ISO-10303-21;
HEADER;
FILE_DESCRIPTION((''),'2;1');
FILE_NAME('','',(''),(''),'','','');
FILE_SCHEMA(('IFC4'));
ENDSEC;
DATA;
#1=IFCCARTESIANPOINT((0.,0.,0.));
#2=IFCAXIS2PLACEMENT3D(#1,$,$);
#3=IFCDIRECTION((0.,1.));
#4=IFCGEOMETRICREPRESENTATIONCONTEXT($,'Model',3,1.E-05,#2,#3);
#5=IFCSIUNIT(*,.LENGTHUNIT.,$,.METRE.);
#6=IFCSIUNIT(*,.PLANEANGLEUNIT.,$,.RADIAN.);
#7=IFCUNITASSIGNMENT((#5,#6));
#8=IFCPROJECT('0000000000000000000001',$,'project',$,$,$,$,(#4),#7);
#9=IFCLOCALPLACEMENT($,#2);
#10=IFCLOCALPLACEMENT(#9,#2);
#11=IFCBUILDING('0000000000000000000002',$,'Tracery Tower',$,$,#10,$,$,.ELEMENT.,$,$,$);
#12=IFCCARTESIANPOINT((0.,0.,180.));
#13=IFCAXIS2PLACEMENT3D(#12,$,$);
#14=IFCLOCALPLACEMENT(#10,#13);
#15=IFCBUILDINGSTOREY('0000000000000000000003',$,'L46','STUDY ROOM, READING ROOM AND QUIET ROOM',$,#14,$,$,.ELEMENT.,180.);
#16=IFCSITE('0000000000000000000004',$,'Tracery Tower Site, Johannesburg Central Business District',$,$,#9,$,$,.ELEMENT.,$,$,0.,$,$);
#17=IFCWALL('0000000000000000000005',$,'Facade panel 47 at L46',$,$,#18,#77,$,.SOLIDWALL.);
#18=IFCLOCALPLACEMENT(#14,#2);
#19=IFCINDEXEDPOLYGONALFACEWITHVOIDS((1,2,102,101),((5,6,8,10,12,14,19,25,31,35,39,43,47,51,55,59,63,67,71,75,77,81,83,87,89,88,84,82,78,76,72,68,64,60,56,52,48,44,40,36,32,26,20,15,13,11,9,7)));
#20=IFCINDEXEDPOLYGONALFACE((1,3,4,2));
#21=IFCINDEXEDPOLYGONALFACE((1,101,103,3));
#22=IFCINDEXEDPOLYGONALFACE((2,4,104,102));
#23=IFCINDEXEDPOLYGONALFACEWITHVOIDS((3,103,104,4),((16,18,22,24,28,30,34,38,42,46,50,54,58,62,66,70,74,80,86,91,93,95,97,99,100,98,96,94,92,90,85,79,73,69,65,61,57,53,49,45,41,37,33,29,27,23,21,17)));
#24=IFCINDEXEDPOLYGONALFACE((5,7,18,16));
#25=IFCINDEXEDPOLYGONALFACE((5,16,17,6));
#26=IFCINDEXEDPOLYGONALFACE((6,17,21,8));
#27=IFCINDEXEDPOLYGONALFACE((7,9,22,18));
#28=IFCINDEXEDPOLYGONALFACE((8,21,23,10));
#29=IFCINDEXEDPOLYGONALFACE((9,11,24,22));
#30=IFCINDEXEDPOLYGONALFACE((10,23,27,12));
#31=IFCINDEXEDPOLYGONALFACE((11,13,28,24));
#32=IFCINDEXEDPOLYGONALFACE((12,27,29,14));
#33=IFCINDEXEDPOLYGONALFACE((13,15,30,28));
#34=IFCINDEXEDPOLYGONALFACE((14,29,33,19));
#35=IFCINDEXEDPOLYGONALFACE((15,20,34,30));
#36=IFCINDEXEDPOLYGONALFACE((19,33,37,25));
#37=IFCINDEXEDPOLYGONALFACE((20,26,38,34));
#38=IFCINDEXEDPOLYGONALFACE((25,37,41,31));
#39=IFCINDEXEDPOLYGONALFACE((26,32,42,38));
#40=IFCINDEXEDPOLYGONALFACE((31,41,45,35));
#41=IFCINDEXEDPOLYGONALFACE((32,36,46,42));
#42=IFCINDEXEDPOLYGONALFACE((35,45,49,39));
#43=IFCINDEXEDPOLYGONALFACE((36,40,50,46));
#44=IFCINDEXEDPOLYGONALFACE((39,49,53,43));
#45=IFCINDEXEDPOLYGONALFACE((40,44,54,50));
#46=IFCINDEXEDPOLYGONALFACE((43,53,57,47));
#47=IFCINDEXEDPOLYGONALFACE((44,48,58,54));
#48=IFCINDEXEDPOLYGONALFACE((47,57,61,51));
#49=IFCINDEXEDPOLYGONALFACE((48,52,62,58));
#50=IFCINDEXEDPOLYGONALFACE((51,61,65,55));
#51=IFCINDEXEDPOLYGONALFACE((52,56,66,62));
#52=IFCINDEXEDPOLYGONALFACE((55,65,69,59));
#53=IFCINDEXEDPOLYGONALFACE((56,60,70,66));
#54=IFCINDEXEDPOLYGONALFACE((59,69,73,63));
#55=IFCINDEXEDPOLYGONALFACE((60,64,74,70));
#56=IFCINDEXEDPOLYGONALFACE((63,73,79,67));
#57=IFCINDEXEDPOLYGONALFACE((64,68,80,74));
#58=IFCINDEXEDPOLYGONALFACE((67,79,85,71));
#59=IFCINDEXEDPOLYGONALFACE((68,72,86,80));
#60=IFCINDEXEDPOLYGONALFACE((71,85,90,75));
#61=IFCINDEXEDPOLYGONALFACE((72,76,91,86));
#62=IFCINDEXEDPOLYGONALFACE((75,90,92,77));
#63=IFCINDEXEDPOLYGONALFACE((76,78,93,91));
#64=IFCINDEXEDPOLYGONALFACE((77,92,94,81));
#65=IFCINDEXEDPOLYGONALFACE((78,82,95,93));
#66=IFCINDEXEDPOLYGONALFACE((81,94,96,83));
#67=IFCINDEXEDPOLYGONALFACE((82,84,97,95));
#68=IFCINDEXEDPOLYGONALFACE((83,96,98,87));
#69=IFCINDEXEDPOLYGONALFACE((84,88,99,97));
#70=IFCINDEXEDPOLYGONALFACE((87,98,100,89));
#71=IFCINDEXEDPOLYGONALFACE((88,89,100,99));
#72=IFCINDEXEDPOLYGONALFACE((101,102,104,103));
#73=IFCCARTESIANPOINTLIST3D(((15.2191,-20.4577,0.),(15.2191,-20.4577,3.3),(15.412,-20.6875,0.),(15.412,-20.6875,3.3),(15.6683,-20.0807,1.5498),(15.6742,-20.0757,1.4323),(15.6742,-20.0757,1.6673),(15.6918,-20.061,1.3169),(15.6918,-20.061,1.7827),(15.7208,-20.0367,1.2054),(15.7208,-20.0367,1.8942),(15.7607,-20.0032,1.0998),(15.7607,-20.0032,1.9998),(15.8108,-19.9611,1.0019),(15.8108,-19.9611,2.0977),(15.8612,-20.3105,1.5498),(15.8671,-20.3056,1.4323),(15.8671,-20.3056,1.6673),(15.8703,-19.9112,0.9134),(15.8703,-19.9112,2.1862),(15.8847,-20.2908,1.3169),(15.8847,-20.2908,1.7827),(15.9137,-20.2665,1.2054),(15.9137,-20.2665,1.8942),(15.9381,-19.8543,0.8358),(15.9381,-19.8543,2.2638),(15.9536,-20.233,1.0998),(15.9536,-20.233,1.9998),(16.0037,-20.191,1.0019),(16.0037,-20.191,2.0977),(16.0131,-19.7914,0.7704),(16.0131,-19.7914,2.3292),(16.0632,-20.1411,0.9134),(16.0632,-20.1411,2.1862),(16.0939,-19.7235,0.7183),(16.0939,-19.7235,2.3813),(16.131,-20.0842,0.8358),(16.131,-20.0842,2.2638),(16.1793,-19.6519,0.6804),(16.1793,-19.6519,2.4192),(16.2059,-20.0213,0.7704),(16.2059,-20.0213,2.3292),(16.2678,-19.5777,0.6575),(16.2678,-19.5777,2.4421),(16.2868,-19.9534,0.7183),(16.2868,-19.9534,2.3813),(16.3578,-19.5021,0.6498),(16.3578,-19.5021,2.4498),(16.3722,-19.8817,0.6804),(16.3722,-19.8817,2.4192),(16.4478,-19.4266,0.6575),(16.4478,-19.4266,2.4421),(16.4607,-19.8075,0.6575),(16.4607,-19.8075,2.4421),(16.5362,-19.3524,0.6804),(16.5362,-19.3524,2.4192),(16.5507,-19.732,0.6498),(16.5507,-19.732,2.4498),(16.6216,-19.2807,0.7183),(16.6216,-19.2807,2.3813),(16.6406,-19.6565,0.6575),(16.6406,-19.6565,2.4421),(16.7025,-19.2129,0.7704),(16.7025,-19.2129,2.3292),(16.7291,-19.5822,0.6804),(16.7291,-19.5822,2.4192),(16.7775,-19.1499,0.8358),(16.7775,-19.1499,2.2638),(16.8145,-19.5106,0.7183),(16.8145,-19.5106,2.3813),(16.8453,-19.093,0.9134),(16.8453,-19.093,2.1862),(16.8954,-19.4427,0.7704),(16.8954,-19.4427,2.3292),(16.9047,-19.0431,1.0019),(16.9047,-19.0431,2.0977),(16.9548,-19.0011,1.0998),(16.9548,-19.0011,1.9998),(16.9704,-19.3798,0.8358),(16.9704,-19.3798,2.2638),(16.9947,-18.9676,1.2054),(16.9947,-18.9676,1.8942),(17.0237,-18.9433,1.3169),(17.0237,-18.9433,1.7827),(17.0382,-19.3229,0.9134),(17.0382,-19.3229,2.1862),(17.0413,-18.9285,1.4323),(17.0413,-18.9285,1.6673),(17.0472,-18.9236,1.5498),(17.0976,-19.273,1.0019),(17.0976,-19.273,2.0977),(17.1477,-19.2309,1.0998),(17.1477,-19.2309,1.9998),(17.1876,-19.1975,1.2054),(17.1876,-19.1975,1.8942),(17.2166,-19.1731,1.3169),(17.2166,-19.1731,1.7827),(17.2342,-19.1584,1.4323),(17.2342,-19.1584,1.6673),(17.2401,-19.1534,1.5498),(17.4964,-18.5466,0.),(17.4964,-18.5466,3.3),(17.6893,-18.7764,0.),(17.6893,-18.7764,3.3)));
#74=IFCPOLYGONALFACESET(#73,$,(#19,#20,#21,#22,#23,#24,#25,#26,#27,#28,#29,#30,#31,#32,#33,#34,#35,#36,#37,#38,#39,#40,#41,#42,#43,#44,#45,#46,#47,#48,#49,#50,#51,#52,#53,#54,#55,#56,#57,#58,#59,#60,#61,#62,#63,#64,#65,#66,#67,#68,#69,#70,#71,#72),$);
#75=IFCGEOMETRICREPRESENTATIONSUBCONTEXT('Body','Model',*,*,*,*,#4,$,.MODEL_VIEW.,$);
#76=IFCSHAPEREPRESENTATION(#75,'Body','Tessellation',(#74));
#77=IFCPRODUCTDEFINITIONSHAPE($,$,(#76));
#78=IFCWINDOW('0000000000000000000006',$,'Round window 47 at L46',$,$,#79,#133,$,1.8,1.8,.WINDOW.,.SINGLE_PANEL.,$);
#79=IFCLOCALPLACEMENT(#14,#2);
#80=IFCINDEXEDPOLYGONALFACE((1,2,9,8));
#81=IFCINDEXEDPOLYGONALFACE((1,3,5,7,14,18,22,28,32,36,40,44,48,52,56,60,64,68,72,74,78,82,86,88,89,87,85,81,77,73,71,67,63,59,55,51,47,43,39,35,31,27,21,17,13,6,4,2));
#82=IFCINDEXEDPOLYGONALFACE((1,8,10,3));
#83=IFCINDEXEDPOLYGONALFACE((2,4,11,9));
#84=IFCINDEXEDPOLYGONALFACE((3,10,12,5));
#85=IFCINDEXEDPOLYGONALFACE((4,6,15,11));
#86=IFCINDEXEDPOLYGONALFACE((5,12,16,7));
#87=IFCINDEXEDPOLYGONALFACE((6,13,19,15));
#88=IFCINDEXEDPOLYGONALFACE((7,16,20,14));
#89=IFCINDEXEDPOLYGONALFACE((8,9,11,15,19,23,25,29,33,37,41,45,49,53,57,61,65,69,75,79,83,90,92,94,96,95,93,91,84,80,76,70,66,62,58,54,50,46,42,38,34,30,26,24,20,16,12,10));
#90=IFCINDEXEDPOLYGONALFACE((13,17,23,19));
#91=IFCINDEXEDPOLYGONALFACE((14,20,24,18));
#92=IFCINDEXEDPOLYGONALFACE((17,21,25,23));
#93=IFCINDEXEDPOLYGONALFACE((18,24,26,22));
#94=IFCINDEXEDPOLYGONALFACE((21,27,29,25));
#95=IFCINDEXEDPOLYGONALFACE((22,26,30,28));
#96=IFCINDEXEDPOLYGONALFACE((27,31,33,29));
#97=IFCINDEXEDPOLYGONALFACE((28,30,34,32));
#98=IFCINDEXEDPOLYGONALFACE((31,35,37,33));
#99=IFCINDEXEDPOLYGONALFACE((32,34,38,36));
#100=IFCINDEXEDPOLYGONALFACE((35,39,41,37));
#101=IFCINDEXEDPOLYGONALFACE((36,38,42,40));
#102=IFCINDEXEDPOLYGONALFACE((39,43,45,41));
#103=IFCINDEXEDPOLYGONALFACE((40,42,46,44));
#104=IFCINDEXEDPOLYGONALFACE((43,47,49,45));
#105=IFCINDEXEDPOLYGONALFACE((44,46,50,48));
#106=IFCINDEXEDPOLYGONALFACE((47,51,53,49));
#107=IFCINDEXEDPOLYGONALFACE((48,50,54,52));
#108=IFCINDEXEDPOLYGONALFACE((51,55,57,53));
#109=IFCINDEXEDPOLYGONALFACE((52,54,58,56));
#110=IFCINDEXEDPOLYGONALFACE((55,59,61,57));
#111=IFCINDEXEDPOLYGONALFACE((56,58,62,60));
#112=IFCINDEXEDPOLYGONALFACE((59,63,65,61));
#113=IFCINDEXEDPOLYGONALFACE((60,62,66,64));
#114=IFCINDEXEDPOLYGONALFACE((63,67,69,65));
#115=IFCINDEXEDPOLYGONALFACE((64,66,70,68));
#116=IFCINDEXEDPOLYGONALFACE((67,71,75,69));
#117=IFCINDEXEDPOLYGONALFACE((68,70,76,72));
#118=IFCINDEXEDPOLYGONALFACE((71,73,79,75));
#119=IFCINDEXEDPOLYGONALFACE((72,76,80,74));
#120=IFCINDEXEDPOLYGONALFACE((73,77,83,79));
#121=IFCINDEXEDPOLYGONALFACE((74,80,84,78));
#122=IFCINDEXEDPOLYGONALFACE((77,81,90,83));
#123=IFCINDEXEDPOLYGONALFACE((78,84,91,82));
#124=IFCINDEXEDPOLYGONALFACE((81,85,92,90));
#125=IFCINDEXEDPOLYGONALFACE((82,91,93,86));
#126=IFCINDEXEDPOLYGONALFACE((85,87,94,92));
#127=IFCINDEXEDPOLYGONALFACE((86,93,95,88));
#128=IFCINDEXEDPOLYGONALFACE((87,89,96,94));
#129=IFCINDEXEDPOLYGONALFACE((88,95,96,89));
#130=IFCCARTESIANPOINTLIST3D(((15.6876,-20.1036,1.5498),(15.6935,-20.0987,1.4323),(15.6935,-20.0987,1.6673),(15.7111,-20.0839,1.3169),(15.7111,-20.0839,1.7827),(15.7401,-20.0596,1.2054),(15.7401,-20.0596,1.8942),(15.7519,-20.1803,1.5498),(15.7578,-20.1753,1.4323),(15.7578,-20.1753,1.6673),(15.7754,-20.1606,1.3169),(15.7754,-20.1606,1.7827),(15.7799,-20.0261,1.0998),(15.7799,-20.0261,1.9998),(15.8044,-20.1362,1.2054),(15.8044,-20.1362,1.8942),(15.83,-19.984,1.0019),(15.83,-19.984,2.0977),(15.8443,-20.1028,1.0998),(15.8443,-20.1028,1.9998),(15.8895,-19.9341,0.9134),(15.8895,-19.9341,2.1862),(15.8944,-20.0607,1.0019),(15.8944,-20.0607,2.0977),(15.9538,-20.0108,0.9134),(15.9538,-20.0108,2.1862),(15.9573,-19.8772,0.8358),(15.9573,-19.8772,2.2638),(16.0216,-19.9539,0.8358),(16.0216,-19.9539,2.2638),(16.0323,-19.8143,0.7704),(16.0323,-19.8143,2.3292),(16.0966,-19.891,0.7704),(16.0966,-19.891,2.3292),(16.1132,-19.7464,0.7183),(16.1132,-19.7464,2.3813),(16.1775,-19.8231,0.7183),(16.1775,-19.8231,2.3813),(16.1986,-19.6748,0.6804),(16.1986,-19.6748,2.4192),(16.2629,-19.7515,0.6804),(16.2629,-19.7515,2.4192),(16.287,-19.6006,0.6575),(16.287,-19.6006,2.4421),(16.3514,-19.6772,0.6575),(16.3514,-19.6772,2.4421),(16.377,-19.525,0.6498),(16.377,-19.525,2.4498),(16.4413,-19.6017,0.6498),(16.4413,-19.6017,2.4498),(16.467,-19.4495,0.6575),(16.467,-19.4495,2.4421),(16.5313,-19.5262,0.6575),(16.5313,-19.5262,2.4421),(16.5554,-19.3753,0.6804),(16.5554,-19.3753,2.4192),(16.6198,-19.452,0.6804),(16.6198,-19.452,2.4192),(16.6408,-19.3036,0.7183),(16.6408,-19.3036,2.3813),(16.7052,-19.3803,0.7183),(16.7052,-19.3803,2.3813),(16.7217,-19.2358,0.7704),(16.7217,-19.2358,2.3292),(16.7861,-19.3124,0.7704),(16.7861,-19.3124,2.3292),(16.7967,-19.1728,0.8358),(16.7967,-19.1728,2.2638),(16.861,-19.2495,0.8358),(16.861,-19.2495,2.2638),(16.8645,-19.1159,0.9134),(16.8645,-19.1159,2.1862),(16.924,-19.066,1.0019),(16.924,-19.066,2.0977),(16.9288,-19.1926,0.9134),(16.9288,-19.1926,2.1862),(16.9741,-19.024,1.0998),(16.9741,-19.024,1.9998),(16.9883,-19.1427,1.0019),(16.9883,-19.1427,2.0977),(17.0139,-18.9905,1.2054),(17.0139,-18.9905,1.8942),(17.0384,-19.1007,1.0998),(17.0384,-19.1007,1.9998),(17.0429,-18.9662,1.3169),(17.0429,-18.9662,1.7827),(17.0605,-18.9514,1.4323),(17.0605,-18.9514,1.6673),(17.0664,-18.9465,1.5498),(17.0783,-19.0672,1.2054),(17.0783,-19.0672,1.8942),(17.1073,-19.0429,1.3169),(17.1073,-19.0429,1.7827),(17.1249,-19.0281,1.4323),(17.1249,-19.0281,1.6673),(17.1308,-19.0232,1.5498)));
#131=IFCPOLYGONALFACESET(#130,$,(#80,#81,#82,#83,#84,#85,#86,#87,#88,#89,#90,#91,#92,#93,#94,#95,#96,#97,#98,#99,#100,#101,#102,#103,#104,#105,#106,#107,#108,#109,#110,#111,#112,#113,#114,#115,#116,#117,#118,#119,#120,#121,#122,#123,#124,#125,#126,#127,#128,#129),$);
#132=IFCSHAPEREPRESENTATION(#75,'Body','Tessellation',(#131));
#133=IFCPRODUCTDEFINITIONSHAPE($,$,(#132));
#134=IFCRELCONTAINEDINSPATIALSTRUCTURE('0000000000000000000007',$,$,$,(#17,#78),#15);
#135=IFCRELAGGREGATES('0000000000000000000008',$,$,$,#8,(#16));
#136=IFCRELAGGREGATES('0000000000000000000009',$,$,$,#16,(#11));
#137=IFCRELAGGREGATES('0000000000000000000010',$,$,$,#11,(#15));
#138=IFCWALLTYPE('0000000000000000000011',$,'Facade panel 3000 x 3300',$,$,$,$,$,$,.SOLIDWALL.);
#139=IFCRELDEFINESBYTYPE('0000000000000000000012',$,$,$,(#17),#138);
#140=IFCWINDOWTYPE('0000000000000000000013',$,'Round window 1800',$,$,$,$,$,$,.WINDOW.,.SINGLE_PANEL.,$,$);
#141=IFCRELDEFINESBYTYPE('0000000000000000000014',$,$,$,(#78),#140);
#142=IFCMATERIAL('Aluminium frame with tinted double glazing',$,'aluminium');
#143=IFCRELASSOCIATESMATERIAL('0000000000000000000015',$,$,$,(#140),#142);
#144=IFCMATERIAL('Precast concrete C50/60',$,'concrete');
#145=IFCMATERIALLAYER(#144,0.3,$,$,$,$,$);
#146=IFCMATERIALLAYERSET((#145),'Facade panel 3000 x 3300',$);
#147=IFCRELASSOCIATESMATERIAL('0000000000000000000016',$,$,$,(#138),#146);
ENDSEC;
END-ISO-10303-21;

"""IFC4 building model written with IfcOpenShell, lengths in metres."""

from ifc_helpers import new_model, si_unit, direction, frame, frame_2d, origin, origin_2d, place, context, subcontext, project, spatial, rectangle, circle, extrude, material, layer, layer_set, type_object, element, fill, save


model = new_model("IFC4")

# Units and contexts
model_context = context("Model", 3, precision=1e-05, world=origin(), true_north=direction((0.0, 1.0)))
body_context = subcontext(model_context, "Body", "Model", "MODEL_VIEW")
ifc_project = project(units=[si_unit("LENGTHUNIT", "METRE"), si_unit("PLANEANGLEUNIT", "RADIAN")], contexts=[model_context])

# Site, building, storey
site_placement = place(None, origin())
site = spatial("IfcSite", under=ifc_project, at=site_placement, Name="Tracery Tower Site, Johannesburg Central Business District", CompositionType="ELEMENT", RefElevation=0.0)
building_placement = place(site_placement, origin())
building = spatial("IfcBuilding", under=site, at=building_placement, Name="Tracery Tower", CompositionType="ELEMENT")
storey_placement = place(building_placement, frame((0.0, 0.0, 180.0)))
storey = spatial("IfcBuildingStorey", under=building, at=storey_placement, Name="L46", Description="STUDY ROOM, READING ROOM AND QUIET ROOM", CompositionType="ELEMENT", Elevation=180.0)

# Wall, opening, window
ifc_material_1 = material(Name="Aluminium frame with tinted double glazing", Category="aluminium")
window_type = type_object("IfcWindowType", Name="Round window 1800", PartitioningType="SINGLE_PANEL", PredefinedType="WINDOW", material=ifc_material_1)
ifc_material_2 = material(Name="Precast concrete C50/60", Category="concrete")
ifc_layer_1 = layer(ifc_material_2, 0.3)
ifc_layer_set_1 = layer_set([ifc_layer_1], Name="Facade panel 3000 x 3300")
wall_type_1 = type_object("IfcWallType", Name="Facade panel 3000 x 3300", PredefinedType="SOLIDWALL", material=ifc_layer_set_1)
wall_1_placement = place(storey_placement, frame((15.3157, -20.5725, 0.0), z_axis=(0.0, 0.0, 1.0), x_axis=(0.766009, 0.64283, 0.0)))
wall_1 = element("IfcWall", 1, at=wall_1_placement, inside=storey, type_object=wall_type_1, Name="Facade panel 47 at L46", PredefinedType="SOLIDWALL", context=body_context, shape_type="SweptSolid", body=[
    extrude(rectangle(XDim=2.9729, YDim=0.3, at=frame_2d((1.4863, 0.0))), origin(), (0.0, 0.0, 1.0), 3.3),
])
opening_1_placement = place(wall_1_placement, frame((1.4863, 0.0, 1.5498)))
opening_1 = element("IfcOpeningElement", 2, at=opening_1_placement, cuts=wall_1, PredefinedType="OPENING", context=body_context, shape_type="SweptSolid", body=[
    extrude(circle(Radius=0.9, at=origin_2d()), frame((0.0, 0.1599, 0.0), z_axis=(0.0, -1.0, 0.0), x_axis=(1.0, 0.0, 0.0)), (0.0, 0.0, 1.0), 0.3201),
])
window_1_placement = place(opening_1_placement, origin())
window_1 = element("IfcWindow", 3, at=window_1_placement, inside=storey, type_object=window_type, Name="Round window 47 at L46", OverallHeight=1.8, OverallWidth=1.8, PartitioningType="SINGLE_PANEL", PredefinedType="WINDOW", context=body_context, shape_type="SweptSolid", body=[
    extrude(circle(Radius=0.9, at=origin_2d()), frame((0.0, 0.1201, 0.0), z_axis=(0.0, -1.0, 0.0), x_axis=(1.0, 0.0, 0.0)), (0.0, 0.0, 1.0), 0.1001),
])
fill(opening_1, window_1)

save(model, "model.ifc")
